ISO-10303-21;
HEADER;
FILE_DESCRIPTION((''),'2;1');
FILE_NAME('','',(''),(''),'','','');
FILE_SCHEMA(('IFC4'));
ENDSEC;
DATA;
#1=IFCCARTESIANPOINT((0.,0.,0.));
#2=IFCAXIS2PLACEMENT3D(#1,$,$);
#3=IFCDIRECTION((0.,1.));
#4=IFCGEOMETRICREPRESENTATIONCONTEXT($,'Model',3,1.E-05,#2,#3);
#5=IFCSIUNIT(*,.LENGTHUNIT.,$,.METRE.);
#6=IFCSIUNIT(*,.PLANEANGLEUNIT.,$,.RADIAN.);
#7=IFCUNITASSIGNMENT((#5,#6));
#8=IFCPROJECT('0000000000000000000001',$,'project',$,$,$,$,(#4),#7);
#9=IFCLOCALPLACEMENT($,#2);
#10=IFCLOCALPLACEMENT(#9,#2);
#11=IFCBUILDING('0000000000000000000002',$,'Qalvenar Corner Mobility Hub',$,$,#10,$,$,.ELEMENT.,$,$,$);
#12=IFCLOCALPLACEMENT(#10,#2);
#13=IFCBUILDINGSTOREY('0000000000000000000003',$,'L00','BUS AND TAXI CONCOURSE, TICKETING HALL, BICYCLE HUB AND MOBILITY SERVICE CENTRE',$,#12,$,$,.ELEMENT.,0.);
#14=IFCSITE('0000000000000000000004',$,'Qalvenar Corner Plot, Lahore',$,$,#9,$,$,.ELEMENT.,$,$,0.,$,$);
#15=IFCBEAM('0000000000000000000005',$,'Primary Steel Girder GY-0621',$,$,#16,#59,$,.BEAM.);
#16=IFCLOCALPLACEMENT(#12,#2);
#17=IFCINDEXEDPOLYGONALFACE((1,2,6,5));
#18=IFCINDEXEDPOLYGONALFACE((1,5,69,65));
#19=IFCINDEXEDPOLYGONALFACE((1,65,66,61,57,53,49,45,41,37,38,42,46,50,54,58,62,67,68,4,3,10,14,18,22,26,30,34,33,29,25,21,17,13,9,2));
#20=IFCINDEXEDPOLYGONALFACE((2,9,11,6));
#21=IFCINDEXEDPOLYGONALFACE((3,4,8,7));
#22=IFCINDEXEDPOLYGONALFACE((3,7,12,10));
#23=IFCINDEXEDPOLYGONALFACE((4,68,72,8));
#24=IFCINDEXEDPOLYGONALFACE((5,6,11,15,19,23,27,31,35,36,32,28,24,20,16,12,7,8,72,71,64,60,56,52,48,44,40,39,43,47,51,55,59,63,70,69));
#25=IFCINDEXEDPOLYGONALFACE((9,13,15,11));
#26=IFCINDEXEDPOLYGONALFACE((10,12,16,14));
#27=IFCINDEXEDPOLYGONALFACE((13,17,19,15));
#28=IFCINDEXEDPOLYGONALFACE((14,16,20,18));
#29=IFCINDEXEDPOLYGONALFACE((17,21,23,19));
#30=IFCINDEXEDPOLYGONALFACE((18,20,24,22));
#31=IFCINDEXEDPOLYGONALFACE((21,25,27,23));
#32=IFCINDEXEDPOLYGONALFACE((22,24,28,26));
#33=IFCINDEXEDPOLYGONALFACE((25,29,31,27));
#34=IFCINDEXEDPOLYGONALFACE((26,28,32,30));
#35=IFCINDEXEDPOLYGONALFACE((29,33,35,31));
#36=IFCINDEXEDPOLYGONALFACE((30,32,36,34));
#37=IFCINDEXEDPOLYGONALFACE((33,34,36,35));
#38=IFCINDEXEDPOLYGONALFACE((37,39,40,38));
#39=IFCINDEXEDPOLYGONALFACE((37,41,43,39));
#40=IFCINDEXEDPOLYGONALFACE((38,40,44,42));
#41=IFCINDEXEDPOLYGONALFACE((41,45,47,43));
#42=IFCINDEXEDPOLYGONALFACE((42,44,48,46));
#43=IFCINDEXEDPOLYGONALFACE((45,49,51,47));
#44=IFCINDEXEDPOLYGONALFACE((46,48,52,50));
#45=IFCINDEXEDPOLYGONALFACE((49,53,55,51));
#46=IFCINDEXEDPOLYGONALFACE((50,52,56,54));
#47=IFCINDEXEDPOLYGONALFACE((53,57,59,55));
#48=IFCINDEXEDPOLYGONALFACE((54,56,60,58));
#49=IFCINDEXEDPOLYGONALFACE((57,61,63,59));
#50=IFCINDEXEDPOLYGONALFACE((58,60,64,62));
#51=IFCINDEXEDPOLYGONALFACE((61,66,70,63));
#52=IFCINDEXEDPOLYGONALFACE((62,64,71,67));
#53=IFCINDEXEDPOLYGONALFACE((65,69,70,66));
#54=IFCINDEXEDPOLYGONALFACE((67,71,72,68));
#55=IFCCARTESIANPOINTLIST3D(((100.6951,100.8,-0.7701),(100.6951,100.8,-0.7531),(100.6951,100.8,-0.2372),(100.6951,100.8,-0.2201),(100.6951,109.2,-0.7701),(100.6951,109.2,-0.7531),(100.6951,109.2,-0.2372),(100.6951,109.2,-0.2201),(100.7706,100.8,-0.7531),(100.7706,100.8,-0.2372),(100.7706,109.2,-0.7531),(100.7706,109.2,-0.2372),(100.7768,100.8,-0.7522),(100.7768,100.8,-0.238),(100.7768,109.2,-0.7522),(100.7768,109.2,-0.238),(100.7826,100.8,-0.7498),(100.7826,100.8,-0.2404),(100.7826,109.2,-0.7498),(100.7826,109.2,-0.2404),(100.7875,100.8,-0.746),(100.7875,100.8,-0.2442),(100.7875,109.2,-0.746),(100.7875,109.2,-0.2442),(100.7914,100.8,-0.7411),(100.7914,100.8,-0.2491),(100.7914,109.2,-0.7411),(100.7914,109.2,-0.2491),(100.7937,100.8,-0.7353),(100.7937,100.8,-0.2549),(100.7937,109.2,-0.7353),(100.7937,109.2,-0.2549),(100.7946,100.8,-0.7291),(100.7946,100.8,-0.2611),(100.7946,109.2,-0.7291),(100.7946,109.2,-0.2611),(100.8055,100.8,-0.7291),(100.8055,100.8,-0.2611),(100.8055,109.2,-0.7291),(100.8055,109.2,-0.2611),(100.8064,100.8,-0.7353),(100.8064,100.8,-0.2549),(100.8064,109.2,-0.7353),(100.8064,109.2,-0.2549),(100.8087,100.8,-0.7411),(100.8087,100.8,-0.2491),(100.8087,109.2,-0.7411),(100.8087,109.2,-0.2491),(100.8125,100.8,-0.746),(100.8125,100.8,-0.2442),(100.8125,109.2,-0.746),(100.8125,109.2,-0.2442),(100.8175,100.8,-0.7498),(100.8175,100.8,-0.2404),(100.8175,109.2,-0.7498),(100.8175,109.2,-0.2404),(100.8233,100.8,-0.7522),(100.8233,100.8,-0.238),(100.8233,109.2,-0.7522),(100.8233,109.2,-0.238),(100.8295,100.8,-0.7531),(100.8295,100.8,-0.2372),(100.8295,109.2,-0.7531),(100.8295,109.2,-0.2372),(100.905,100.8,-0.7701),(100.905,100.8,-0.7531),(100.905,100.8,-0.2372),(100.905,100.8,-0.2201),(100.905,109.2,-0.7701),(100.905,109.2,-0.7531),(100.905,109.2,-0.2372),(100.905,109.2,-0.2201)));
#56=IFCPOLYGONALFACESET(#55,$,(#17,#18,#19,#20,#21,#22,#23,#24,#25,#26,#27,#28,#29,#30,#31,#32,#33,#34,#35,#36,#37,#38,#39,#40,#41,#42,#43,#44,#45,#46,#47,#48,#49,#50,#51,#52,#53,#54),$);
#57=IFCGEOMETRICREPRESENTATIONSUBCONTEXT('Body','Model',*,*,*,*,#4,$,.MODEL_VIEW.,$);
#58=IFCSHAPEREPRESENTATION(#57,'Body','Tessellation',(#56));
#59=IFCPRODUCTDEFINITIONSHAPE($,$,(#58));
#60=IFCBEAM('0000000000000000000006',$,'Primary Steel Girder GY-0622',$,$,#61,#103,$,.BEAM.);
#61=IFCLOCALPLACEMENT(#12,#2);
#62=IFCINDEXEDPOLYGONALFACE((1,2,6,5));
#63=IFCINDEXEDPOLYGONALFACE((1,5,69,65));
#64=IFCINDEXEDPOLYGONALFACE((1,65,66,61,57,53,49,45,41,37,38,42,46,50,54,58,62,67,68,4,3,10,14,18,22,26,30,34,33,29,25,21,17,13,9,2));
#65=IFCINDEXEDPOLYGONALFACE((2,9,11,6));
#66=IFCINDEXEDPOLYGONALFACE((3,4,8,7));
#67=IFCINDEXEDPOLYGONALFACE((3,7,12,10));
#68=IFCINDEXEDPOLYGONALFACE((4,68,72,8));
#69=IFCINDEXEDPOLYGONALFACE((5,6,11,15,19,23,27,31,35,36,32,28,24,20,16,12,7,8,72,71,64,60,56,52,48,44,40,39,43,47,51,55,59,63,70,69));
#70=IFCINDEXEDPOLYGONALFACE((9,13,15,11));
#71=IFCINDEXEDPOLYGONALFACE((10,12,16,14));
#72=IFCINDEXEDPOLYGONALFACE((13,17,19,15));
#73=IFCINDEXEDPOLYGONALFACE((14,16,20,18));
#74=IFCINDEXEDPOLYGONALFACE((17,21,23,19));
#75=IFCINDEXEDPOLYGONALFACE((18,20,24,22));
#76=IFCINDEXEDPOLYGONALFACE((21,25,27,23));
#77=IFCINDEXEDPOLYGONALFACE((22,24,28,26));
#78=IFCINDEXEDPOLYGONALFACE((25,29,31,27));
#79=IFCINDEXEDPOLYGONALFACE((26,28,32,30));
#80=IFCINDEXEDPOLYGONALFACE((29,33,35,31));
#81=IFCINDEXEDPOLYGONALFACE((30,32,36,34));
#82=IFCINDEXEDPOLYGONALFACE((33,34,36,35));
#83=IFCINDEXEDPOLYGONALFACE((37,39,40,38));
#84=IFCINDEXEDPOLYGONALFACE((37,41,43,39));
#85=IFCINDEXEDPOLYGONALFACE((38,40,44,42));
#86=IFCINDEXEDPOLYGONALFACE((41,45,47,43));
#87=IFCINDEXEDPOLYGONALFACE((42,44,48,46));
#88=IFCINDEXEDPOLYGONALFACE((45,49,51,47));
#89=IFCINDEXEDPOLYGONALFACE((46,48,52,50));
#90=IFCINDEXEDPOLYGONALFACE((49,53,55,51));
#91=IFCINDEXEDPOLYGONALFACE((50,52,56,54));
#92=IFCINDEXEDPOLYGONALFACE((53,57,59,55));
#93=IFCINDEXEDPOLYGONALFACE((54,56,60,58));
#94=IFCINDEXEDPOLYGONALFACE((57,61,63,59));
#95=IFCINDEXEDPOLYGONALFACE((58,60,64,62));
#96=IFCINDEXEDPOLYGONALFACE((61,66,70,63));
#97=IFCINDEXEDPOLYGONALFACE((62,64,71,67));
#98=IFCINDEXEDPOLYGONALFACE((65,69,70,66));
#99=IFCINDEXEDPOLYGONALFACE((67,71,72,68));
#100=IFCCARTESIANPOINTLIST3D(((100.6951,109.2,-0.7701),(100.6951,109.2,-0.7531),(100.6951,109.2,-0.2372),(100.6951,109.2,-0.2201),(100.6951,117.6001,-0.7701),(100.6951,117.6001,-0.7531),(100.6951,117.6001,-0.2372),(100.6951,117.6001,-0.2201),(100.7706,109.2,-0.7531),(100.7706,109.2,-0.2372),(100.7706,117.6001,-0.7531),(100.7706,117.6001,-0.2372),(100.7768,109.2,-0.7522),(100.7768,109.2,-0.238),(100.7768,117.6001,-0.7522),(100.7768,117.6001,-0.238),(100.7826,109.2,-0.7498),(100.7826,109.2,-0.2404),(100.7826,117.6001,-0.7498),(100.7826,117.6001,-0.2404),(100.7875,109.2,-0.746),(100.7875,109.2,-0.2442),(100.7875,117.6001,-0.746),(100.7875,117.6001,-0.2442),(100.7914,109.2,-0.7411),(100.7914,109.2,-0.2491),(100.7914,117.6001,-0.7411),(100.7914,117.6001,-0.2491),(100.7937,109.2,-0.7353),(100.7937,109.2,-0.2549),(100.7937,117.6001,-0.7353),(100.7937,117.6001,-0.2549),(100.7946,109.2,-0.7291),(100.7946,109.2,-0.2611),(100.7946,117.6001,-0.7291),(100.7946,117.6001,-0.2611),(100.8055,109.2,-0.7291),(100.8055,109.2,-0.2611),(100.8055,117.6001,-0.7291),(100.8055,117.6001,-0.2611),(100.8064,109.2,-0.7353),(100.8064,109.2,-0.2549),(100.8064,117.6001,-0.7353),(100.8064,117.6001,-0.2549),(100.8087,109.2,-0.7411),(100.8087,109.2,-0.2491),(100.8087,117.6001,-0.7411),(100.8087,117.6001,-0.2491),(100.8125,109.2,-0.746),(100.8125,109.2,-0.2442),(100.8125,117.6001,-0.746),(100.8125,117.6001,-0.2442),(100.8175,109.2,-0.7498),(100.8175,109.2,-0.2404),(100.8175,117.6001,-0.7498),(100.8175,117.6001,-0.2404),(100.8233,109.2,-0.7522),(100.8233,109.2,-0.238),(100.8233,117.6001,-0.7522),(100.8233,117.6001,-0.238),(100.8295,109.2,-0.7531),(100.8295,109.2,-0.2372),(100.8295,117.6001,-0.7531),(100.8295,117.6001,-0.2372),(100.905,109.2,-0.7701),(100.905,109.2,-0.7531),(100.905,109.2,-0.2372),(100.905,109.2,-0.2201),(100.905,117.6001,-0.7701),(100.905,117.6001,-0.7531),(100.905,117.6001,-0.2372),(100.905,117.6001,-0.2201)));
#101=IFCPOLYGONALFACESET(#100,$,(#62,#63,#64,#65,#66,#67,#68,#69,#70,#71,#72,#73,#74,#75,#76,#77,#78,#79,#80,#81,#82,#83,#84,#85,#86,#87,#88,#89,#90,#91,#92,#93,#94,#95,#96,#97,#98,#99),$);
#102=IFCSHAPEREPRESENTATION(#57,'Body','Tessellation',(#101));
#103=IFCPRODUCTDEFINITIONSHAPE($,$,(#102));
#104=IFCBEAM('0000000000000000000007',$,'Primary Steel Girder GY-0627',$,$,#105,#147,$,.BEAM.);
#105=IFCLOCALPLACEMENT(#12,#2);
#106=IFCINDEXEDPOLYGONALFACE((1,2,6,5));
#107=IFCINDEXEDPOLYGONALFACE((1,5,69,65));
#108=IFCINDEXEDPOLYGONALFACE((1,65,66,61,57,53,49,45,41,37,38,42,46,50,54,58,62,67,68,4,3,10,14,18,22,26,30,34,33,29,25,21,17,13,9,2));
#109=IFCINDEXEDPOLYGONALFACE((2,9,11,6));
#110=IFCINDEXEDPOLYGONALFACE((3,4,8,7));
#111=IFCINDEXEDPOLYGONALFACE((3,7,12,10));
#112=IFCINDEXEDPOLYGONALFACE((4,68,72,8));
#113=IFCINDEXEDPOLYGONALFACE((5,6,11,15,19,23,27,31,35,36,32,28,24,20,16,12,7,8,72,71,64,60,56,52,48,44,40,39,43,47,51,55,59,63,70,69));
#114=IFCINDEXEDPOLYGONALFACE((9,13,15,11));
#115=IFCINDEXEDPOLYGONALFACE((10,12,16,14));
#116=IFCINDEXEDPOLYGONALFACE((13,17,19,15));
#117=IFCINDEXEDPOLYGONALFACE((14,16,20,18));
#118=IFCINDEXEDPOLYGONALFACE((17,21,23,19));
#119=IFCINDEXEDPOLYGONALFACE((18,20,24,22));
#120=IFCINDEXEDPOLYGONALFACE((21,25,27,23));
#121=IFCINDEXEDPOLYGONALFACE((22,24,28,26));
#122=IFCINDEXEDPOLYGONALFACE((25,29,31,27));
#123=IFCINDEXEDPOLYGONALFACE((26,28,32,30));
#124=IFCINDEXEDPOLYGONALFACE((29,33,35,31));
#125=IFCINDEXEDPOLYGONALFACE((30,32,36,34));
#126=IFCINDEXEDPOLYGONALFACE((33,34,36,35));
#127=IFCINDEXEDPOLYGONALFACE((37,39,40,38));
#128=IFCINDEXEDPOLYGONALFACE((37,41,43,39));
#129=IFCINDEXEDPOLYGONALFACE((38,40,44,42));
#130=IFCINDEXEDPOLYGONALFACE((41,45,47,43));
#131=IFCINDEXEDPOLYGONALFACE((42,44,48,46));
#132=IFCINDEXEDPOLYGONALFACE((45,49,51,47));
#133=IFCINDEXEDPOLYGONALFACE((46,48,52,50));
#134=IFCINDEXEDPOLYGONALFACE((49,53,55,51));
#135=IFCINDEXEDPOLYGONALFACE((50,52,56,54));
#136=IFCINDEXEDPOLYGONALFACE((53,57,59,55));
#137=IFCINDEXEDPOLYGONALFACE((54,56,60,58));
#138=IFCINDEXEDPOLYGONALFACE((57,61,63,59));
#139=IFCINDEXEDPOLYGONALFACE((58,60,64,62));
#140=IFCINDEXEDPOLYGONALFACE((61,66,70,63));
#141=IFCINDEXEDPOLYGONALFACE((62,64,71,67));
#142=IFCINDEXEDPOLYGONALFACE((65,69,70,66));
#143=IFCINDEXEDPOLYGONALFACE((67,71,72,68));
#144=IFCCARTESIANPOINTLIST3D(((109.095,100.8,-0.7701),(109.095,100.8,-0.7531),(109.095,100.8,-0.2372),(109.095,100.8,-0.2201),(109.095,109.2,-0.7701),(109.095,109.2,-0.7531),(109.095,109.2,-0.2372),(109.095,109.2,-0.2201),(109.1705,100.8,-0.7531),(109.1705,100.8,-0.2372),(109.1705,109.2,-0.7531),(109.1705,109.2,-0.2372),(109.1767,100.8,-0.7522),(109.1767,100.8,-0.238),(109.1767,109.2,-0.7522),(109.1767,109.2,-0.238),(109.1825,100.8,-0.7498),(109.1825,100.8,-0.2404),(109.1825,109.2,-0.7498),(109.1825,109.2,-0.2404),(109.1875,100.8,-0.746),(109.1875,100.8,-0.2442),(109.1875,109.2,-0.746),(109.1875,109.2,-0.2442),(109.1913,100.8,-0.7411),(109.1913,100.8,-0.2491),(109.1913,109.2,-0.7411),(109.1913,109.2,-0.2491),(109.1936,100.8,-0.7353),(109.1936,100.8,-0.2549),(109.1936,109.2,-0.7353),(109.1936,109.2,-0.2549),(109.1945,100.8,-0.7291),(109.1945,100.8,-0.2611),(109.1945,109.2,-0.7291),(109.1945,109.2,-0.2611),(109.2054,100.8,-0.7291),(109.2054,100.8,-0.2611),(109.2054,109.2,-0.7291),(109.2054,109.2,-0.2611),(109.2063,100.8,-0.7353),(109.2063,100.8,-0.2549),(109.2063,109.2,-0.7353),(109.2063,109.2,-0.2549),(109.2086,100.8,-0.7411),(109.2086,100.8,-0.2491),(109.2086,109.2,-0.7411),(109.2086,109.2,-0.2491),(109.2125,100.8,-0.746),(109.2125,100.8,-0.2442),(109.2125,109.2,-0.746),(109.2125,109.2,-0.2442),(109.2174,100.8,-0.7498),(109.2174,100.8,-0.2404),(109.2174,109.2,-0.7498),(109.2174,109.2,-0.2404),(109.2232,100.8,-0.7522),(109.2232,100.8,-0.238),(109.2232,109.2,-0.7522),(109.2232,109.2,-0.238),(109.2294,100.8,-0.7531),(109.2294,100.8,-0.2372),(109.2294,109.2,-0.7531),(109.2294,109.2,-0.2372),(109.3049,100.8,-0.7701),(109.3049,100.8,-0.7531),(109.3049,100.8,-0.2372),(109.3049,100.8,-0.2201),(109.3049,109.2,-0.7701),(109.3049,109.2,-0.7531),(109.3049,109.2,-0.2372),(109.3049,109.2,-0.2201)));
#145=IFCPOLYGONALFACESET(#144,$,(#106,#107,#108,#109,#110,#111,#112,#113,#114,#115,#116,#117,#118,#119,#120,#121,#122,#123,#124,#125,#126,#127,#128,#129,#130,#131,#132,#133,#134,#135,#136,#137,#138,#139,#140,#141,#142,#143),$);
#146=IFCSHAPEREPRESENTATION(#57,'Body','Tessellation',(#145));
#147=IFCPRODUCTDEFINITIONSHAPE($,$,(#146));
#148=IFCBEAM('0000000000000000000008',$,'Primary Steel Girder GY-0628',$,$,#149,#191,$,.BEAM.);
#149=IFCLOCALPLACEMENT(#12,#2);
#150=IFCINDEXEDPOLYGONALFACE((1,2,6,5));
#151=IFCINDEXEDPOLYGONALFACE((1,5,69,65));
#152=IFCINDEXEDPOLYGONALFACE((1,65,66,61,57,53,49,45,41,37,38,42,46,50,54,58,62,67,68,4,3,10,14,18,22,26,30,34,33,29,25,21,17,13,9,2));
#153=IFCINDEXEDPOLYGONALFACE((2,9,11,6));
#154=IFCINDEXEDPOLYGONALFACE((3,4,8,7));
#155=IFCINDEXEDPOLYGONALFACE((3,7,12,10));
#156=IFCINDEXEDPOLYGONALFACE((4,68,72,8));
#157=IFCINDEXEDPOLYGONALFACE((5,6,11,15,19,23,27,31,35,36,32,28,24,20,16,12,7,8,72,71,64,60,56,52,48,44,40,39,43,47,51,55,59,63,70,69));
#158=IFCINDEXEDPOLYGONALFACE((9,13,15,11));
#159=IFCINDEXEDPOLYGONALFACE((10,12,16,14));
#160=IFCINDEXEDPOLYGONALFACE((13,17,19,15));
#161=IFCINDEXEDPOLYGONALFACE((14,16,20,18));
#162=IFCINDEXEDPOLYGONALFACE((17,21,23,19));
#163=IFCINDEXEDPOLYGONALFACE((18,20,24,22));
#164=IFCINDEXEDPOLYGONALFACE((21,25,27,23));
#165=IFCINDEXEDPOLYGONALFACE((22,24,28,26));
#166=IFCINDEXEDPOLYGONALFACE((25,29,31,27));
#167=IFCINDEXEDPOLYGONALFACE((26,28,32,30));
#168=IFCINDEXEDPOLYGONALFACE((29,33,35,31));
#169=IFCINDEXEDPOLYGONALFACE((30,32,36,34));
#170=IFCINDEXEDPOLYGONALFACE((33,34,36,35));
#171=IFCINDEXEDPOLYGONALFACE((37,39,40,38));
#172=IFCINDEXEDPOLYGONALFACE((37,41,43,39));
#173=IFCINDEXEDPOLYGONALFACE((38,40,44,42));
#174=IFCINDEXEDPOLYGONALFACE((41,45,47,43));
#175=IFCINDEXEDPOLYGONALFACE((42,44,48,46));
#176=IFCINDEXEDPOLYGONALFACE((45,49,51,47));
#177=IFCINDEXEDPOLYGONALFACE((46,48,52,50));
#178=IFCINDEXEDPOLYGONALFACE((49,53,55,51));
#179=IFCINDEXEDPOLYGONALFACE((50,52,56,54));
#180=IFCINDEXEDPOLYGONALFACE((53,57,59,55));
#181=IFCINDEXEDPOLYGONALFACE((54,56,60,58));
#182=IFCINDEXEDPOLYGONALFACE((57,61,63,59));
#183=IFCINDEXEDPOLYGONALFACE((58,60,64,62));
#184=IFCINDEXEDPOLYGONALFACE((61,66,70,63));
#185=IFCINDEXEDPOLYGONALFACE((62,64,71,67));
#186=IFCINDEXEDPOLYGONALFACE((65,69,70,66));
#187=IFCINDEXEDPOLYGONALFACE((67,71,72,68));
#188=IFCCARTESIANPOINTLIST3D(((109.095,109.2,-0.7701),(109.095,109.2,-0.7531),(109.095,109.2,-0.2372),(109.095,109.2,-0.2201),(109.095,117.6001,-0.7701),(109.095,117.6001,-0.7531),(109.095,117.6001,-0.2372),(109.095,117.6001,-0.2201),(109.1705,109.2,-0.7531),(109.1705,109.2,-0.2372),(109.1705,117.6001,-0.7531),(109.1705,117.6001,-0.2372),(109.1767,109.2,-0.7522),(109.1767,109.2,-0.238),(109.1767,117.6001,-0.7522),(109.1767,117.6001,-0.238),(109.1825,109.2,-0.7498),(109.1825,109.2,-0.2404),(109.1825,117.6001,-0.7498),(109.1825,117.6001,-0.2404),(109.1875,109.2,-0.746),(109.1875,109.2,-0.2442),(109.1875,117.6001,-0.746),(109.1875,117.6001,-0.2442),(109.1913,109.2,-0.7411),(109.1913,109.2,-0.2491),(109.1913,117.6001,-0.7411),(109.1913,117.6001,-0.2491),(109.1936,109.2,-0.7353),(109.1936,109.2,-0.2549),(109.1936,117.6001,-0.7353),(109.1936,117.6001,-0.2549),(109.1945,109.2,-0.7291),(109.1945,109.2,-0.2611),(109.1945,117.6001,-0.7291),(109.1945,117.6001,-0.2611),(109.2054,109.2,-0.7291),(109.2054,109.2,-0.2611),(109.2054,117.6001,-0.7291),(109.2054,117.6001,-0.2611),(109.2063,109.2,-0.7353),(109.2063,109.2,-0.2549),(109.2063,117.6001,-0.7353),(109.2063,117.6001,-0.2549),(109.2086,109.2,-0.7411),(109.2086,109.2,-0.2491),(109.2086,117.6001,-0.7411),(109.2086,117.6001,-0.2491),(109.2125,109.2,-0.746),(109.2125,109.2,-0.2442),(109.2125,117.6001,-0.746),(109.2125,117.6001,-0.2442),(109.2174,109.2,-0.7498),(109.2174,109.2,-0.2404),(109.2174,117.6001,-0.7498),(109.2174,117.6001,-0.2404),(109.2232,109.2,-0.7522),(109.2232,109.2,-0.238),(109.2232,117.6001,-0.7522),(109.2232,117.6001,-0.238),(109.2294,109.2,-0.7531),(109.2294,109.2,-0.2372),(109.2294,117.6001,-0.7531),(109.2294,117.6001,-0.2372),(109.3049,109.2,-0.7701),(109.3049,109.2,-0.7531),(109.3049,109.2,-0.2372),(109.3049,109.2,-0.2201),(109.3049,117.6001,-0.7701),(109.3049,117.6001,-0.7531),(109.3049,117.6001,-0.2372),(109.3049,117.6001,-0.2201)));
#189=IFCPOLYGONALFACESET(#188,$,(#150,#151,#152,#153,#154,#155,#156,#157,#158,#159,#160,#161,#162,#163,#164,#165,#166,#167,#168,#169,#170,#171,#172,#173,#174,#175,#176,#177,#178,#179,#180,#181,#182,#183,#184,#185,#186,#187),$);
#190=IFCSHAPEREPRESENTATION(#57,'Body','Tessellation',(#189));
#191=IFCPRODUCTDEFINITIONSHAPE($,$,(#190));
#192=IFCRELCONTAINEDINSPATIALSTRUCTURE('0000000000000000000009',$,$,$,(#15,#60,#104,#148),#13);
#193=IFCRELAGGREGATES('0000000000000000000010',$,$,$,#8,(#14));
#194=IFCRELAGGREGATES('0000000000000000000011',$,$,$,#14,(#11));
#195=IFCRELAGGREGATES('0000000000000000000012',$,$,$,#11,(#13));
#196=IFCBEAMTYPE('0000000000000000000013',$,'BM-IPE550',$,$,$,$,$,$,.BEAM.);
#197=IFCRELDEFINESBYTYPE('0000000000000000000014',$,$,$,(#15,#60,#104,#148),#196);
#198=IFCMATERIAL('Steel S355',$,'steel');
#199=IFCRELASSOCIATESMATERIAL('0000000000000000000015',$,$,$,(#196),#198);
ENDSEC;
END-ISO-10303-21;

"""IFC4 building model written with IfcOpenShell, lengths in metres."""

from ifc_helpers import new_model, si_unit, direction, frame, origin, origin_2d, place, context, subcontext, project, spatial, i_section, extrude, material, material_profile, profile_set, type_object, element, save


model = new_model("IFC4")

# Units and contexts
model_context = context("Model", 3, precision=1e-05, world=origin(), true_north=direction((0.0, 1.0)))
body_context = subcontext(model_context, "Body", "Model", "MODEL_VIEW")
ifc_project = project(units=[si_unit("LENGTHUNIT", "METRE"), si_unit("PLANEANGLEUNIT", "RADIAN")], contexts=[model_context])

# Site, building, storey
site_placement = place(None, origin())
site = spatial("IfcSite", under=ifc_project, at=site_placement, Name="Qalvenar Corner Plot, Lahore", CompositionType="ELEMENT", RefElevation=0.0)
building_placement = place(site_placement, origin())
building = spatial("IfcBuilding", under=site, at=building_placement, Name="Qalvenar Corner Mobility Hub", CompositionType="ELEMENT")
storey_placement = place(building_placement, origin())
storey = spatial("IfcBuildingStorey", under=building, at=storey_placement, Name="L00", Description="BUS AND TAXI CONCOURSE, TICKETING HALL, BICYCLE HUB AND MOBILITY SERVICE CENTRE", CompositionType="ELEMENT", Elevation=0.0)

# Shared definitions
ifc_material_1 = material(Name="Steel S355", Category="steel")

# Beams
ifc_material_profile_1 = material_profile(ifc_material_1, i_section(OverallWidth=0.21, OverallDepth=0.55, WebThickness=0.011, FlangeThickness=0.0171, FilletRadius=0.0239, at=origin_2d()), Name="IPE550")
ifc_profile_set_1 = profile_set([ifc_material_profile_1], Name="Steel S355")
beam_type_1 = type_object("IfcBeamType", Name="BM-IPE550", PredefinedType="BEAM", material=ifc_profile_set_1)
beam_1_placement = place(storey_placement, frame((100.8, 100.8, -0.4951), z_axis=(0.0, 1.0, 0.0), x_axis=(-1.0, 0.0, 0.0)))
element("IfcBeam", 1, at=beam_1_placement, inside=storey, type_object=beam_type_1, Name="Primary Steel Girder GY-0621", PredefinedType="BEAM", context=body_context, shape_type="SweptSolid", body=[
    extrude(i_section(OverallWidth=0.21, OverallDepth=0.55, WebThickness=0.011, FlangeThickness=0.0171, FilletRadius=0.0239, at=origin_2d()), origin(), (0.0, 0.0, 1.0), 8.3999),
])
beam_2_placement = place(storey_placement, frame((100.8, 109.2, -0.4951), z_axis=(0.0, 1.0, 0.0), x_axis=(-1.0, 0.0, 0.0)))
element("IfcBeam", 2, at=beam_2_placement, inside=storey, type_object=beam_type_1, Name="Primary Steel Girder GY-0622", PredefinedType="BEAM", context=body_context, shape_type="SweptSolid", body=[
    extrude(i_section(OverallWidth=0.21, OverallDepth=0.55, WebThickness=0.011, FlangeThickness=0.0171, FilletRadius=0.0239, at=origin_2d()), origin(), (0.0, 0.0, 1.0), 8.4001),
])
beam_3_placement = place(storey_placement, frame((109.2, 100.8, -0.4951), z_axis=(0.0, 1.0, 0.0), x_axis=(-1.0, 0.0, 0.0)))
element("IfcBeam", 3, at=beam_3_placement, inside=storey, type_object=beam_type_1, Name="Primary Steel Girder GY-0627", PredefinedType="BEAM", context=body_context, shape_type="SweptSolid", body=[
    extrude(i_section(OverallWidth=0.21, OverallDepth=0.55, WebThickness=0.011, FlangeThickness=0.0171, FilletRadius=0.0239, at=origin_2d()), origin(), (0.0, 0.0, 1.0), 8.3999),
])
beam_4_placement = place(storey_placement, frame((109.2, 109.2, -0.4951), z_axis=(0.0, 1.0, 0.0), x_axis=(-1.0, 0.0, 0.0)))
element("IfcBeam", 4, at=beam_4_placement, inside=storey, type_object=beam_type_1, Name="Primary Steel Girder GY-0628", PredefinedType="BEAM", context=body_context, shape_type="SweptSolid", body=[
    extrude(i_section(OverallWidth=0.21, OverallDepth=0.55, WebThickness=0.011, FlangeThickness=0.0171, FilletRadius=0.0239, at=origin_2d()), origin(), (0.0, 0.0, 1.0), 8.4001),
])

save(model, "model.ifc")
